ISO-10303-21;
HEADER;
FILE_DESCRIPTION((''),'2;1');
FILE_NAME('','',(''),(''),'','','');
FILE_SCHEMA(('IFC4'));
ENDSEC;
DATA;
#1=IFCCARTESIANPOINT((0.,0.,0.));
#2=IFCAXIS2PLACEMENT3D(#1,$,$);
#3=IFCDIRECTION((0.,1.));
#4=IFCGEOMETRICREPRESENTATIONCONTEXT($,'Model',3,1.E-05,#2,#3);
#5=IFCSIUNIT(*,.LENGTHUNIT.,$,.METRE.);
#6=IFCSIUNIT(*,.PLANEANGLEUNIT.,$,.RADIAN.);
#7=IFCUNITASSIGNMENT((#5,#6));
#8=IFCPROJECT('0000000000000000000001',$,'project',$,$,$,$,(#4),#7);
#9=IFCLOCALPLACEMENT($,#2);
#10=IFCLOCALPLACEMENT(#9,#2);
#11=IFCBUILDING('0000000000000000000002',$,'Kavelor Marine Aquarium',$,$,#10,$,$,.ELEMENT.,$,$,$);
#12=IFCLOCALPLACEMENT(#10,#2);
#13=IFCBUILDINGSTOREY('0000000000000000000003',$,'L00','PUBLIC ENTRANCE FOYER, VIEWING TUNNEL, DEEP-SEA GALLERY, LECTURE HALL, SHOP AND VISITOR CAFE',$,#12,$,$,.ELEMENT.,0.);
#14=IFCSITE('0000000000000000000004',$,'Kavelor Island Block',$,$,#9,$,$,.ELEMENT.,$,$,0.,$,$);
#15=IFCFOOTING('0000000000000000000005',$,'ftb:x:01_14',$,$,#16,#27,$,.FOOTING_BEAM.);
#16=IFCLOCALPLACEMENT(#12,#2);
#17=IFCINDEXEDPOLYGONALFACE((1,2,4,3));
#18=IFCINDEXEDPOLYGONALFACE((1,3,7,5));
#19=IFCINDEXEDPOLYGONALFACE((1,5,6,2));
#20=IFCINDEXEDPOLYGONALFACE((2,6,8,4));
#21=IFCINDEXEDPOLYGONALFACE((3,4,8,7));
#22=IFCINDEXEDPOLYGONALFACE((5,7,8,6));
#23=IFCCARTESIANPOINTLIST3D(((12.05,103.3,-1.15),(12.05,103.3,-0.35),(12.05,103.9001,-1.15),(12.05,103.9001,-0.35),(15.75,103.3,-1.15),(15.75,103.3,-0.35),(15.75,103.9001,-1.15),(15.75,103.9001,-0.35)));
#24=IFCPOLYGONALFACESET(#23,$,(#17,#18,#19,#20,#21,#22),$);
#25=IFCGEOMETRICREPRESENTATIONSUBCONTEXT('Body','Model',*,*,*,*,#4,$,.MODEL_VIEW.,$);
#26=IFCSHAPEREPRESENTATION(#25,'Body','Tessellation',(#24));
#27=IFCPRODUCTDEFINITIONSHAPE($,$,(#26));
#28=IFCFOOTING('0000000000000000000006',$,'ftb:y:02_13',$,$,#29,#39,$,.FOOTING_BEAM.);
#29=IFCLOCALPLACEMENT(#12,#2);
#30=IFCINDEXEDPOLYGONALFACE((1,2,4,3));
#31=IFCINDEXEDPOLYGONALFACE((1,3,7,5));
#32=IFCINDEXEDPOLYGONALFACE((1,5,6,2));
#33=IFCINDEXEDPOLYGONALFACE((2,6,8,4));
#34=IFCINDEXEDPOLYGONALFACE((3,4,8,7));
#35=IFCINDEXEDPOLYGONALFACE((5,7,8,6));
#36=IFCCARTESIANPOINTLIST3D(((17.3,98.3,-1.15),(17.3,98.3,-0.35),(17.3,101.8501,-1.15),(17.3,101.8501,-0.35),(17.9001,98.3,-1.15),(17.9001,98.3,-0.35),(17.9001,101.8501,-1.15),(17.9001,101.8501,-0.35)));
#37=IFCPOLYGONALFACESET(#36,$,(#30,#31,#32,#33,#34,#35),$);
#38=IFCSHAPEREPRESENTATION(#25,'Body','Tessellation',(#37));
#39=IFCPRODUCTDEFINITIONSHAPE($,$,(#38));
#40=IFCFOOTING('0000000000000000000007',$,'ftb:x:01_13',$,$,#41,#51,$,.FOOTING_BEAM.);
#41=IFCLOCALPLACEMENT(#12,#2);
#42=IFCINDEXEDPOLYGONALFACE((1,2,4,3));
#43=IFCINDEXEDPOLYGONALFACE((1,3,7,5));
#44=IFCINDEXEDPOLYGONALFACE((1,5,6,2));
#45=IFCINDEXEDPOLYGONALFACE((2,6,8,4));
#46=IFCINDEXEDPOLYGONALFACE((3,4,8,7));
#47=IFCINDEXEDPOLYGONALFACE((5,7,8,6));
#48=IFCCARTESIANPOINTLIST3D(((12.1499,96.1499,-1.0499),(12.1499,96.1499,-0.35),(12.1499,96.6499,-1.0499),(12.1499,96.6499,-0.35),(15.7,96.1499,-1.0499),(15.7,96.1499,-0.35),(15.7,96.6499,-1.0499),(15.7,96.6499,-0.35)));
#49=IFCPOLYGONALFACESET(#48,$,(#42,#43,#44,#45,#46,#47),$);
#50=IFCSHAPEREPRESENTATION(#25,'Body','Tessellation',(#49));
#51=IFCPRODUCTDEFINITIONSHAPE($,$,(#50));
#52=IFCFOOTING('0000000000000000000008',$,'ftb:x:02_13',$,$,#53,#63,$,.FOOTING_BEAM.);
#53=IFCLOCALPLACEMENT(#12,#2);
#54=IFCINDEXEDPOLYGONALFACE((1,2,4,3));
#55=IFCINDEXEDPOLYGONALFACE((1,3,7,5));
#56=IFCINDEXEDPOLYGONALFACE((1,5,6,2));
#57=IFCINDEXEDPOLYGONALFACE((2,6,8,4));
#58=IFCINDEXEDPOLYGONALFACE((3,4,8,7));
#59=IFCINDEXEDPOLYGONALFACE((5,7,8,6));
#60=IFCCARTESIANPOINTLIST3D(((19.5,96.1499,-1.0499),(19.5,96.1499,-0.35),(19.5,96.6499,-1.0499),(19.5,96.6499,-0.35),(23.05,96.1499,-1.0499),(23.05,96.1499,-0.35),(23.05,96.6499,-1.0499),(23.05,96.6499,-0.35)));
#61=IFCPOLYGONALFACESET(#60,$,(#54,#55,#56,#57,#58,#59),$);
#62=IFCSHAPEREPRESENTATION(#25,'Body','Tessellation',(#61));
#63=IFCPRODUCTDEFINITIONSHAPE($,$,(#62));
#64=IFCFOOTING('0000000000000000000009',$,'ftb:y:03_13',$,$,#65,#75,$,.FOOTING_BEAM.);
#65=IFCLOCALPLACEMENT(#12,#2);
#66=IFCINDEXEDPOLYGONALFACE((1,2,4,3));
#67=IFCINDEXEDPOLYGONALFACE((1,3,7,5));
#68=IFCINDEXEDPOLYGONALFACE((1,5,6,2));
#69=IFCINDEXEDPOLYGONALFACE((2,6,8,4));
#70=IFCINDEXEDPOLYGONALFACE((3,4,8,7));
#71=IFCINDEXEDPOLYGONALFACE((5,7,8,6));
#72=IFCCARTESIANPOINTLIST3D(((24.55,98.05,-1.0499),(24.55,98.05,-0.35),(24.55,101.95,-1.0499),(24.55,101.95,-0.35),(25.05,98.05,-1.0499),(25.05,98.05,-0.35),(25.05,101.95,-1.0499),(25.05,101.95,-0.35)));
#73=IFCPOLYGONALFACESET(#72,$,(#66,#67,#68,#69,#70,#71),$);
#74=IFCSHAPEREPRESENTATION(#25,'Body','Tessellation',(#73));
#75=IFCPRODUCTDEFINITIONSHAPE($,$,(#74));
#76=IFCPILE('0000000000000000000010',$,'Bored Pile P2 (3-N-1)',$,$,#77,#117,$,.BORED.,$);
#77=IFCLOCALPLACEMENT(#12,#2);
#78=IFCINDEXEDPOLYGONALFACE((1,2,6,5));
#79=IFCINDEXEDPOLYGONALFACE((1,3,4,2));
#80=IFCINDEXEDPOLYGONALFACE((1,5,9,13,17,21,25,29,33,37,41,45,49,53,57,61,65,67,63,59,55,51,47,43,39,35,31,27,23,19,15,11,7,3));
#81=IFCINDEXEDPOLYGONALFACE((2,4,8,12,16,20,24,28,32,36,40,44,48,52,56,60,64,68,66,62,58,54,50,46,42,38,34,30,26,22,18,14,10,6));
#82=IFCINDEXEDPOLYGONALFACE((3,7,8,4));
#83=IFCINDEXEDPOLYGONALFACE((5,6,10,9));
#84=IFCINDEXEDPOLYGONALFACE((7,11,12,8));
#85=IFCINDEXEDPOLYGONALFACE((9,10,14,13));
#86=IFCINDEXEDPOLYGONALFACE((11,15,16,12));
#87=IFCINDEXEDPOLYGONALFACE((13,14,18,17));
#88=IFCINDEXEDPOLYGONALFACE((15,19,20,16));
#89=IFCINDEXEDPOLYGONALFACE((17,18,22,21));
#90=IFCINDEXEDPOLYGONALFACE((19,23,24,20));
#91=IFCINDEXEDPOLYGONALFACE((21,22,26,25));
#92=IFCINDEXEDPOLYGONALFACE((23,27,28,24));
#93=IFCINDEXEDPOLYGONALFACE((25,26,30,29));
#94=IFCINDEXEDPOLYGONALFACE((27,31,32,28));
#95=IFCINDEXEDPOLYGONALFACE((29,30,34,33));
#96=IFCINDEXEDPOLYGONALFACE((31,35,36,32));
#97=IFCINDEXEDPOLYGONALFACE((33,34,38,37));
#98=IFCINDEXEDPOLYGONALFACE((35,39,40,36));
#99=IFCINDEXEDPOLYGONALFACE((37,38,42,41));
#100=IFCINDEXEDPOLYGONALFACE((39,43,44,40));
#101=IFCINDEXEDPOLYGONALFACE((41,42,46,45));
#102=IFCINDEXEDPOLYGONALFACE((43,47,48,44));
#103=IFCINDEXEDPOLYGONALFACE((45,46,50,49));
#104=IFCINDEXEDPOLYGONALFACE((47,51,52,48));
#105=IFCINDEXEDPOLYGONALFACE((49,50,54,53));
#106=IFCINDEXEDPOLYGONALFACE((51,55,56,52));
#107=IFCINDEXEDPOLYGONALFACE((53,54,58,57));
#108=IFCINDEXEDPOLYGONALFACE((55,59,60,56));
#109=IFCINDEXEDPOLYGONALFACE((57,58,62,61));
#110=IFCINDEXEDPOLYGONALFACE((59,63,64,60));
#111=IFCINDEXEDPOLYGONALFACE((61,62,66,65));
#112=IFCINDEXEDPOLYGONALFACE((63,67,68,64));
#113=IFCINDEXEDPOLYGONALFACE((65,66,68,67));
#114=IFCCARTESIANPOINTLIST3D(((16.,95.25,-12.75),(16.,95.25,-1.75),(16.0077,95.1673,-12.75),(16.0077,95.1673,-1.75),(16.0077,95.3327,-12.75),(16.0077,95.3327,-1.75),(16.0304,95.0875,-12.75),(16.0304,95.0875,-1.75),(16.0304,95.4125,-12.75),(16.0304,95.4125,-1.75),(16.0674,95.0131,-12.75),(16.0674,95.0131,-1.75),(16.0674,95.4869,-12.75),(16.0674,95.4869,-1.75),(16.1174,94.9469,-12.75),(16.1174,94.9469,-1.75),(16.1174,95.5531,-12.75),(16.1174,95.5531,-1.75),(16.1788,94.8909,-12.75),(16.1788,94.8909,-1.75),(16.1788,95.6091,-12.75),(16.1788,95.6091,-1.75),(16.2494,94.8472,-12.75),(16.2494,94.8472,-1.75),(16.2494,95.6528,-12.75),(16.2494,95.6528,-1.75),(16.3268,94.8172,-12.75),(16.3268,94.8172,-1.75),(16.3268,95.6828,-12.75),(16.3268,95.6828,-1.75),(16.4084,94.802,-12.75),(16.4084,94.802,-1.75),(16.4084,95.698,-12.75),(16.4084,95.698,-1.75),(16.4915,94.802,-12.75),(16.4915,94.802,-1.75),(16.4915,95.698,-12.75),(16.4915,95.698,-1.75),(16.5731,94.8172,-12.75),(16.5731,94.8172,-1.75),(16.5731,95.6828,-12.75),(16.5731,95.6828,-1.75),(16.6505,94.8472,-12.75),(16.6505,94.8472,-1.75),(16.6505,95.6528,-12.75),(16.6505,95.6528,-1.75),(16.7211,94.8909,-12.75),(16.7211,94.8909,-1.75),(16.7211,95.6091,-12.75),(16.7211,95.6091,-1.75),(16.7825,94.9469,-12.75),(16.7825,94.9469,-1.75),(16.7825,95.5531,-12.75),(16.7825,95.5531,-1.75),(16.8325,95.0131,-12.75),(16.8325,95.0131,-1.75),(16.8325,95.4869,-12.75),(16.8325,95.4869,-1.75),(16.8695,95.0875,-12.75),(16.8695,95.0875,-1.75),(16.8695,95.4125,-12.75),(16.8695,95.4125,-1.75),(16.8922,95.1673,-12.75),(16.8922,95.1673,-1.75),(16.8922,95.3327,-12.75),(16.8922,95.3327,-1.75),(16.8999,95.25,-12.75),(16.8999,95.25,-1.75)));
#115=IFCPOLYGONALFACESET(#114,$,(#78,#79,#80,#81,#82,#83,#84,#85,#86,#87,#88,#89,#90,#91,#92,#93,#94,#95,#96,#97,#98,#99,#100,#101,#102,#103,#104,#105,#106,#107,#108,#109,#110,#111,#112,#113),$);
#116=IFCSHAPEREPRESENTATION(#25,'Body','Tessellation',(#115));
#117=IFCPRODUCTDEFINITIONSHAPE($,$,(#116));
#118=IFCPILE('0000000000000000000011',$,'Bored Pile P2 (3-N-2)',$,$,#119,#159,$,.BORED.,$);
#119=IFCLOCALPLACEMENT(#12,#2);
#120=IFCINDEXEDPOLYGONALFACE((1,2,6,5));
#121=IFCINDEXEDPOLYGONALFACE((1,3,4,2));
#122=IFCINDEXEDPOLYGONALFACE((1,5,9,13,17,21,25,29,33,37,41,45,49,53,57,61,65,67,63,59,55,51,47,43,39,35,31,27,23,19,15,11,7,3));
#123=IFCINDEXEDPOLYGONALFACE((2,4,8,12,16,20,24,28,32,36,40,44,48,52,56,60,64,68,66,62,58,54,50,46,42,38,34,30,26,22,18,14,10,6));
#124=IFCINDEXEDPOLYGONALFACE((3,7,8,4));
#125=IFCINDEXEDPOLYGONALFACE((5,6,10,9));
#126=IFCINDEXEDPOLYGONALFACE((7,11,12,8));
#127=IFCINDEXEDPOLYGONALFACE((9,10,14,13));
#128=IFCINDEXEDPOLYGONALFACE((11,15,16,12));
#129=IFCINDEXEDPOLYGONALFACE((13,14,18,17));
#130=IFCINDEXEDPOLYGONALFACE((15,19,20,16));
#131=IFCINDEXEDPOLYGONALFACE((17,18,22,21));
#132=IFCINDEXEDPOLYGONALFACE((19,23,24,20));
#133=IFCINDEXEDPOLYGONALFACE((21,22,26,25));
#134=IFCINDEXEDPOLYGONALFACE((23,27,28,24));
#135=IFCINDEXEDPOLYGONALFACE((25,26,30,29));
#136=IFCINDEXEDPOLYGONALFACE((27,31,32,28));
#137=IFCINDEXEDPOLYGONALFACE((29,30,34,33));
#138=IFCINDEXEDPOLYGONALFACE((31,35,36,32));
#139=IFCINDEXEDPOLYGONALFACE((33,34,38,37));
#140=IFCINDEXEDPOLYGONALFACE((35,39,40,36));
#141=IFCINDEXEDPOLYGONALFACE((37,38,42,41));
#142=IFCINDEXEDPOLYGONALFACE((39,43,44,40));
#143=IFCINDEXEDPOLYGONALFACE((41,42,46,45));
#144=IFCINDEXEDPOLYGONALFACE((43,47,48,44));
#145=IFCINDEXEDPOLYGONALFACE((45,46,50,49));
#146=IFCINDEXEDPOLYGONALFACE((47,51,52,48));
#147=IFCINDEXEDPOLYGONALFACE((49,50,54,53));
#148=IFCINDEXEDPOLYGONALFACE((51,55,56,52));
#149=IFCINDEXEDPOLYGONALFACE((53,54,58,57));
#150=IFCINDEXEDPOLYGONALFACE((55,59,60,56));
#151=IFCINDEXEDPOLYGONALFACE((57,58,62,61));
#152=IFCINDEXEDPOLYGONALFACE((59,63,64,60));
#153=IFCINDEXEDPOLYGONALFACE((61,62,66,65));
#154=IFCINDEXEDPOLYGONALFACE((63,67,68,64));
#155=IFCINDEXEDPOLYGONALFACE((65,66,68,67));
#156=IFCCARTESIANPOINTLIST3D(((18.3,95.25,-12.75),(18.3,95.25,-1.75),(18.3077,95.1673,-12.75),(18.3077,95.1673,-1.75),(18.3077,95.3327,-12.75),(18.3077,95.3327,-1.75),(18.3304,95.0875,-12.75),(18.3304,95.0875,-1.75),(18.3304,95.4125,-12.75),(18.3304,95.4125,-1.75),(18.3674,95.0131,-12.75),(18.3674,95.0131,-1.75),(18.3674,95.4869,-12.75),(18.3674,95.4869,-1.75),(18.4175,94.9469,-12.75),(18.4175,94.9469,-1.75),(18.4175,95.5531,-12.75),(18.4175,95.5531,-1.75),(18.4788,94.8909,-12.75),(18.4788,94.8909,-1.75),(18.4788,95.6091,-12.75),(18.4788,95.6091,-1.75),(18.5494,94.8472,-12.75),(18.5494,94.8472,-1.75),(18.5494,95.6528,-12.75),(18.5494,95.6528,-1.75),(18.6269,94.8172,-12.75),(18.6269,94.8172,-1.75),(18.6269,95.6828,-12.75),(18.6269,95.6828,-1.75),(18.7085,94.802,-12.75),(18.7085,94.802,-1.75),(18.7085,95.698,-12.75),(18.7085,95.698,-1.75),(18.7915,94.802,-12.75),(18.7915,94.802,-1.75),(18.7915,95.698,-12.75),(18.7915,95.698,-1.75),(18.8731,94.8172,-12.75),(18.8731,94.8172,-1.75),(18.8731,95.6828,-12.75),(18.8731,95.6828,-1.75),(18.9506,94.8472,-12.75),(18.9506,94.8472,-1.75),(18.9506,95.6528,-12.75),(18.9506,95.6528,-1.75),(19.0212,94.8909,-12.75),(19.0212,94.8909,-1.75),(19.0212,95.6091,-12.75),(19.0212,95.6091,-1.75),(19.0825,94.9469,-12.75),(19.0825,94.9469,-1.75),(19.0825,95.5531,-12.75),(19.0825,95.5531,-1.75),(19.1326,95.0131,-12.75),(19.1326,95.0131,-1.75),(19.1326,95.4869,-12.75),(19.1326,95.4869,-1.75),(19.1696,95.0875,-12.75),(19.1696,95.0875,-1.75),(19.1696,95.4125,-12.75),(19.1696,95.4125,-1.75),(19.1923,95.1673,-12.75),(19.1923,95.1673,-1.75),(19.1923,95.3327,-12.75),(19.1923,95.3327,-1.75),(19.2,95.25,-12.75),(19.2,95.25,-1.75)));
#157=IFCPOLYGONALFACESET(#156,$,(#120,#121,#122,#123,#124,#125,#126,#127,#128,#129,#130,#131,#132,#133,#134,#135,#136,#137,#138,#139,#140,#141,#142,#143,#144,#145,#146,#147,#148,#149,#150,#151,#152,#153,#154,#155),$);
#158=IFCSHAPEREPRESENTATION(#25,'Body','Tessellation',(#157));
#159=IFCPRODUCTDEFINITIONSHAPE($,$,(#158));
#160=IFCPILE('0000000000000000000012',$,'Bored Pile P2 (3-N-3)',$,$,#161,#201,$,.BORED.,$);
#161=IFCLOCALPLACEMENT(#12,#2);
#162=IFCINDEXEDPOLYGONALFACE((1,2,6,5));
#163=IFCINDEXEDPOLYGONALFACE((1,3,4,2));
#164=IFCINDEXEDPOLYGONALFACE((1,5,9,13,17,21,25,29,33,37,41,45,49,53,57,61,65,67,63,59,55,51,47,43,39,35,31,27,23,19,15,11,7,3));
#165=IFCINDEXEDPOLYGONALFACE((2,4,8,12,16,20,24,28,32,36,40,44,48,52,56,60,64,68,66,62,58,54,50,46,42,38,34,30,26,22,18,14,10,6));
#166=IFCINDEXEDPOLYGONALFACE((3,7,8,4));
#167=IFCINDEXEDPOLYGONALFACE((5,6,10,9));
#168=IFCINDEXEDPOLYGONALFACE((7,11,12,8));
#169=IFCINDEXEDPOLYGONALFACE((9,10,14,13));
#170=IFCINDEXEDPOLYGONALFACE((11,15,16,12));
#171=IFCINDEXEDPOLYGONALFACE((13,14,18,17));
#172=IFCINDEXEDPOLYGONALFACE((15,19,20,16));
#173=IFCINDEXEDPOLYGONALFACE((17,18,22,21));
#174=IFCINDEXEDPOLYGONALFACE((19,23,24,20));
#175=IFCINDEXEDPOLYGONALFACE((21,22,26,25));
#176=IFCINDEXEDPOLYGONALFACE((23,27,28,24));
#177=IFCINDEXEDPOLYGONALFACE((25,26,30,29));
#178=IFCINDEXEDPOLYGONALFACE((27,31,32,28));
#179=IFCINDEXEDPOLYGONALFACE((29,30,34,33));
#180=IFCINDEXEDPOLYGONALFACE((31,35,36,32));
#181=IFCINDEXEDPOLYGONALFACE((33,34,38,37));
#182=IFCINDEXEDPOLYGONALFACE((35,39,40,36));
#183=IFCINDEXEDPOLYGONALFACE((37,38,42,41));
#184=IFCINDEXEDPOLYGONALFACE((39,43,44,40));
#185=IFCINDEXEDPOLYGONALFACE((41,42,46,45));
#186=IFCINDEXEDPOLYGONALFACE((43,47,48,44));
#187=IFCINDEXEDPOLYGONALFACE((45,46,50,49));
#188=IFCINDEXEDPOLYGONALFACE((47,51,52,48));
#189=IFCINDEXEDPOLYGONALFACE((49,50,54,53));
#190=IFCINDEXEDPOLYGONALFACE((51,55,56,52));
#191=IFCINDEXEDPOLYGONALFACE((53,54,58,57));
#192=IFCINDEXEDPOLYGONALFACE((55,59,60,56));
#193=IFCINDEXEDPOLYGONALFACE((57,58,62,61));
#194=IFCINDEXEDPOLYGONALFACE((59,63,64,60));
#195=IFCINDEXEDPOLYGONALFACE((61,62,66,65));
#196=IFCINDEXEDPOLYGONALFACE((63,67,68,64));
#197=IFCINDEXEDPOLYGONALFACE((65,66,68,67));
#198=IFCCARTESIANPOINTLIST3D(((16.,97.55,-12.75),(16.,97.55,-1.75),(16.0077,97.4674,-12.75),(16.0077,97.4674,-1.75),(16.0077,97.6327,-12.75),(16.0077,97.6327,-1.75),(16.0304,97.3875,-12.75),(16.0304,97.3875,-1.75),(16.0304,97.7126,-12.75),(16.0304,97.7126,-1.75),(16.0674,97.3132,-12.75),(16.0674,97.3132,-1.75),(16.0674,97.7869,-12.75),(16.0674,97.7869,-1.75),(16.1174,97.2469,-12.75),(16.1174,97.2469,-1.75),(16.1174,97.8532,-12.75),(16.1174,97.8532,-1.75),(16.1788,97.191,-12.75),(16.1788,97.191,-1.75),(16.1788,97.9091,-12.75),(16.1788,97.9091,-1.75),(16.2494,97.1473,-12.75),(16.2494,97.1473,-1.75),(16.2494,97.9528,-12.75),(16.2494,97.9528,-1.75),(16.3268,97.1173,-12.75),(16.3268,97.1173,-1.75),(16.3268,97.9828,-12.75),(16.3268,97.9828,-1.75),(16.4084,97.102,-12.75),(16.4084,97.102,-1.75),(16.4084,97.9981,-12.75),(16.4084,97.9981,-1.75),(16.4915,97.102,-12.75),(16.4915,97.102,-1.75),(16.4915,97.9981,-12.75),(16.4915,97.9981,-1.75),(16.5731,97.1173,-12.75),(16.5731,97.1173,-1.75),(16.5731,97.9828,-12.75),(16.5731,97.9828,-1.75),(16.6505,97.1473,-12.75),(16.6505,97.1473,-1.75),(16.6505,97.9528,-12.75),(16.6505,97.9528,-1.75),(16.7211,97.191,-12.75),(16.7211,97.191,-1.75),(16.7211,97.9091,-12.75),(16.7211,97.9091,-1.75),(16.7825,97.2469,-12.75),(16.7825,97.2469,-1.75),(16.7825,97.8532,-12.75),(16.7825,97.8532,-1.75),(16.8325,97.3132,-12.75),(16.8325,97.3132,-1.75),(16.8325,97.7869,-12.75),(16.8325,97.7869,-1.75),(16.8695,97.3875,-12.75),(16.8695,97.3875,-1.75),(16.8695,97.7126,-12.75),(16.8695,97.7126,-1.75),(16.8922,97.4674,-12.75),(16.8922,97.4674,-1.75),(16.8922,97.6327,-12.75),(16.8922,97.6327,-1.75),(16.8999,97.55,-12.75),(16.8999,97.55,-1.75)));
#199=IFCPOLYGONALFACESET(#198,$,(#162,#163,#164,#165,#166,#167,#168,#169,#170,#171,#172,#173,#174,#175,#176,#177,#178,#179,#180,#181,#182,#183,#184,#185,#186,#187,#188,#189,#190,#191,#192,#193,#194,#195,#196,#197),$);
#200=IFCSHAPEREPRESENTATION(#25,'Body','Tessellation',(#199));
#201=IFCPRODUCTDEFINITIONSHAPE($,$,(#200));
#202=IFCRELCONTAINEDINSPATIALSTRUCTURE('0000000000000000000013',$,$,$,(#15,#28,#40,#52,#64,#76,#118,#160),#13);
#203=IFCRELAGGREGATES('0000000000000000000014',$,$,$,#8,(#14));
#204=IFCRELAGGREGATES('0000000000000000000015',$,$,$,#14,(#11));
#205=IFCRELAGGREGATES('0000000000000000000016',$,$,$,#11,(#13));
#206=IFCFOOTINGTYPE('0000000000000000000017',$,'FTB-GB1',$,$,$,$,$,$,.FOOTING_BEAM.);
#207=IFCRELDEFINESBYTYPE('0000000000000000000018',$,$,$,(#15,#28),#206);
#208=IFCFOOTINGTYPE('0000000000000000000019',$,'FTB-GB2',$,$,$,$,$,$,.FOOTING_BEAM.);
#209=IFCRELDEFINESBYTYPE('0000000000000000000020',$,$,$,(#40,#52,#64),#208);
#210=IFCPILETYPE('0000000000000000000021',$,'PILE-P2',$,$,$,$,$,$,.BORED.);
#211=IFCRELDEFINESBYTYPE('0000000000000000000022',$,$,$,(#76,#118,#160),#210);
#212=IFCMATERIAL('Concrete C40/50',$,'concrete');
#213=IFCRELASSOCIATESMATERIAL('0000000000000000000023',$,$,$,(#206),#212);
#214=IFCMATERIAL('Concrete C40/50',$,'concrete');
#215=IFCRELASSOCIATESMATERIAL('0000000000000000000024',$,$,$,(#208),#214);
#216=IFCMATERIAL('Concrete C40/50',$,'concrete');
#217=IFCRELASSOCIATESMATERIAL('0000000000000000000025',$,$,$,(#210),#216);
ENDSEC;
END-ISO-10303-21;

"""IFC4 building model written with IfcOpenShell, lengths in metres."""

from ifc_helpers import new_model, si_unit, direction, frame, origin, origin_2d, place, context, subcontext, project, spatial, rectangle, circle, extrude, material, material_profile, profile_set, type_object, element, save


model = new_model("IFC4")

# Units and contexts
model_context = context("Model", 3, precision=1e-05, world=origin(), true_north=direction((0.0, 1.0)))
body_context = subcontext(model_context, "Body", "Model", "MODEL_VIEW")
ifc_project = project(units=[si_unit("LENGTHUNIT", "METRE"), si_unit("PLANEANGLEUNIT", "RADIAN")], contexts=[model_context])

# Site, building, storey
site_placement = place(None, origin())
site = spatial("IfcSite", under=ifc_project, at=site_placement, Name="Kavelor Island Block", CompositionType="ELEMENT", RefElevation=0.0)
building_placement = place(site_placement, origin())
building = spatial("IfcBuilding", under=site, at=building_placement, Name="Kavelor Marine Aquarium", CompositionType="ELEMENT")
storey_placement = place(building_placement, origin())
storey = spatial("IfcBuildingStorey", under=building, at=storey_placement, Name="L00", Description="PUBLIC ENTRANCE FOYER, VIEWING TUNNEL, DEEP-SEA GALLERY, LECTURE HALL, SHOP AND VISITOR CAFE", CompositionType="ELEMENT", Elevation=0.0)

# Footings
ifc_material_1 = material(Name="Concrete C40/50", Category="concrete")
ifc_material_profile_1 = material_profile(ifc_material_1, rectangle(XDim=0.6001, YDim=0.8, at=origin_2d()), Name="GB 600x800")
ifc_profile_set_1 = profile_set([ifc_material_profile_1], Name="Concrete C40/50")
footing_type_1 = type_object("IfcFootingType", Name="FTB-GB1", PredefinedType="FOOTING_BEAM", material=ifc_profile_set_1)
footing_1_placement = place(storey_placement, frame((12.05, 103.6001, -0.75), z_axis=(1.0, 0.0, 0.0), x_axis=(0.0, 1.0, 0.0)))
element("IfcFooting", 1, at=footing_1_placement, inside=storey, type_object=footing_type_1, Name="ftb:x:01_14", PredefinedType="FOOTING_BEAM", context=body_context, shape_type="SweptSolid", body=[
    extrude(rectangle(XDim=0.6001, YDim=0.8, at=origin_2d()), origin(), (0.0, 0.0, 1.0), 3.7),
])
footing_2_placement = place(storey_placement, frame((17.6001, 98.3, -0.75), z_axis=(0.0, 1.0, 0.0), x_axis=(-1.0, 0.0, 0.0)))
element("IfcFooting", 2, at=footing_2_placement, inside=storey, type_object=footing_type_1, Name="ftb:y:02_13", PredefinedType="FOOTING_BEAM", context=body_context, shape_type="SweptSolid", body=[
    extrude(rectangle(XDim=0.6001, YDim=0.8, at=origin_2d()), origin(), (0.0, 0.0, 1.0), 3.55),
])
ifc_material_2 = material(Name="Concrete C40/50", Category="concrete")
ifc_material_profile_2 = material_profile(ifc_material_2, rectangle(XDim=0.5, YDim=0.7, at=origin_2d()), Name="GB 500x700")
ifc_profile_set_2 = profile_set([ifc_material_profile_2], Name="Concrete C40/50")
footing_type_2 = type_object("IfcFootingType", Name="FTB-GB2", PredefinedType="FOOTING_BEAM", material=ifc_profile_set_2)
for number, where, z_axis, x_axis, name in (
    (3, (12.1499, 96.3999, -0.7), (1.0, 0.0, 0.0), (0.0, 1.0, 0.0), "ftb:x:01_13"),
    (4, (19.5, 96.3999, -0.7), (1.0, 0.0, 0.0), (0.0, 1.0, 0.0), "ftb:x:02_13"),
):
    element("IfcFooting", number, at=place(storey_placement, frame(where, z_axis=z_axis, x_axis=x_axis)), inside=storey, type_object=footing_type_2, Name=name, PredefinedType="FOOTING_BEAM", context=body_context, shape_type="SweptSolid", body=[
        extrude(rectangle(XDim=0.5, YDim=0.7, at=origin_2d()), origin(), (0.0, 0.0, 1.0), 3.55),
    ])
footing_3_placement = place(storey_placement, frame((24.8, 98.05, -0.7), z_axis=(0.0, 1.0, 0.0), x_axis=(-1.0, 0.0, 0.0)))
element("IfcFooting", 5, at=footing_3_placement, inside=storey, type_object=footing_type_2, Name="ftb:y:03_13", PredefinedType="FOOTING_BEAM", context=body_context, shape_type="SweptSolid", body=[
    extrude(rectangle(XDim=0.5, YDim=0.7, at=origin_2d()), origin(), (0.0, 0.0, 1.0), 3.8999),
])

# Piles
ifc_material_3 = material(Name="Concrete C40/50", Category="concrete")
ifc_material_profile_3 = material_profile(ifc_material_3, circle(Radius=0.45, at=origin_2d()), Name="PILE D900")
ifc_profile_set_3 = profile_set([ifc_material_profile_3], Name="Concrete C40/50")
pile_type_1 = type_object("IfcPileType", Name="PILE-P2", PredefinedType="BORED", material=ifc_profile_set_3)
for number, where, z_axis, x_axis, name in (
    (6, (16.45, 95.25, -1.75), (0.0, 0.0, -1.0), (1.0, 0.0, 0.0), "Bored Pile P2 (3-N-1)"),
    (7, (18.75, 95.25, -1.75), (0.0, 0.0, -1.0), (1.0, 0.0, 0.0), "Bored Pile P2 (3-N-2)"),
    (8, (16.45, 97.55, -1.75), (0.0, 0.0, -1.0), (1.0, 0.0, 0.0), "Bored Pile P2 (3-N-3)"),
):
    element("IfcPile", number, at=place(storey_placement, frame(where, z_axis=z_axis, x_axis=x_axis)), inside=storey, type_object=pile_type_1, Name=name, PredefinedType="BORED", context=body_context, shape_type="SweptSolid", body=[
        extrude(circle(Radius=0.45, at=origin_2d()), origin(), (0.0, 0.0, 1.0), 11.0),
    ])

save(model, "model.ifc")
